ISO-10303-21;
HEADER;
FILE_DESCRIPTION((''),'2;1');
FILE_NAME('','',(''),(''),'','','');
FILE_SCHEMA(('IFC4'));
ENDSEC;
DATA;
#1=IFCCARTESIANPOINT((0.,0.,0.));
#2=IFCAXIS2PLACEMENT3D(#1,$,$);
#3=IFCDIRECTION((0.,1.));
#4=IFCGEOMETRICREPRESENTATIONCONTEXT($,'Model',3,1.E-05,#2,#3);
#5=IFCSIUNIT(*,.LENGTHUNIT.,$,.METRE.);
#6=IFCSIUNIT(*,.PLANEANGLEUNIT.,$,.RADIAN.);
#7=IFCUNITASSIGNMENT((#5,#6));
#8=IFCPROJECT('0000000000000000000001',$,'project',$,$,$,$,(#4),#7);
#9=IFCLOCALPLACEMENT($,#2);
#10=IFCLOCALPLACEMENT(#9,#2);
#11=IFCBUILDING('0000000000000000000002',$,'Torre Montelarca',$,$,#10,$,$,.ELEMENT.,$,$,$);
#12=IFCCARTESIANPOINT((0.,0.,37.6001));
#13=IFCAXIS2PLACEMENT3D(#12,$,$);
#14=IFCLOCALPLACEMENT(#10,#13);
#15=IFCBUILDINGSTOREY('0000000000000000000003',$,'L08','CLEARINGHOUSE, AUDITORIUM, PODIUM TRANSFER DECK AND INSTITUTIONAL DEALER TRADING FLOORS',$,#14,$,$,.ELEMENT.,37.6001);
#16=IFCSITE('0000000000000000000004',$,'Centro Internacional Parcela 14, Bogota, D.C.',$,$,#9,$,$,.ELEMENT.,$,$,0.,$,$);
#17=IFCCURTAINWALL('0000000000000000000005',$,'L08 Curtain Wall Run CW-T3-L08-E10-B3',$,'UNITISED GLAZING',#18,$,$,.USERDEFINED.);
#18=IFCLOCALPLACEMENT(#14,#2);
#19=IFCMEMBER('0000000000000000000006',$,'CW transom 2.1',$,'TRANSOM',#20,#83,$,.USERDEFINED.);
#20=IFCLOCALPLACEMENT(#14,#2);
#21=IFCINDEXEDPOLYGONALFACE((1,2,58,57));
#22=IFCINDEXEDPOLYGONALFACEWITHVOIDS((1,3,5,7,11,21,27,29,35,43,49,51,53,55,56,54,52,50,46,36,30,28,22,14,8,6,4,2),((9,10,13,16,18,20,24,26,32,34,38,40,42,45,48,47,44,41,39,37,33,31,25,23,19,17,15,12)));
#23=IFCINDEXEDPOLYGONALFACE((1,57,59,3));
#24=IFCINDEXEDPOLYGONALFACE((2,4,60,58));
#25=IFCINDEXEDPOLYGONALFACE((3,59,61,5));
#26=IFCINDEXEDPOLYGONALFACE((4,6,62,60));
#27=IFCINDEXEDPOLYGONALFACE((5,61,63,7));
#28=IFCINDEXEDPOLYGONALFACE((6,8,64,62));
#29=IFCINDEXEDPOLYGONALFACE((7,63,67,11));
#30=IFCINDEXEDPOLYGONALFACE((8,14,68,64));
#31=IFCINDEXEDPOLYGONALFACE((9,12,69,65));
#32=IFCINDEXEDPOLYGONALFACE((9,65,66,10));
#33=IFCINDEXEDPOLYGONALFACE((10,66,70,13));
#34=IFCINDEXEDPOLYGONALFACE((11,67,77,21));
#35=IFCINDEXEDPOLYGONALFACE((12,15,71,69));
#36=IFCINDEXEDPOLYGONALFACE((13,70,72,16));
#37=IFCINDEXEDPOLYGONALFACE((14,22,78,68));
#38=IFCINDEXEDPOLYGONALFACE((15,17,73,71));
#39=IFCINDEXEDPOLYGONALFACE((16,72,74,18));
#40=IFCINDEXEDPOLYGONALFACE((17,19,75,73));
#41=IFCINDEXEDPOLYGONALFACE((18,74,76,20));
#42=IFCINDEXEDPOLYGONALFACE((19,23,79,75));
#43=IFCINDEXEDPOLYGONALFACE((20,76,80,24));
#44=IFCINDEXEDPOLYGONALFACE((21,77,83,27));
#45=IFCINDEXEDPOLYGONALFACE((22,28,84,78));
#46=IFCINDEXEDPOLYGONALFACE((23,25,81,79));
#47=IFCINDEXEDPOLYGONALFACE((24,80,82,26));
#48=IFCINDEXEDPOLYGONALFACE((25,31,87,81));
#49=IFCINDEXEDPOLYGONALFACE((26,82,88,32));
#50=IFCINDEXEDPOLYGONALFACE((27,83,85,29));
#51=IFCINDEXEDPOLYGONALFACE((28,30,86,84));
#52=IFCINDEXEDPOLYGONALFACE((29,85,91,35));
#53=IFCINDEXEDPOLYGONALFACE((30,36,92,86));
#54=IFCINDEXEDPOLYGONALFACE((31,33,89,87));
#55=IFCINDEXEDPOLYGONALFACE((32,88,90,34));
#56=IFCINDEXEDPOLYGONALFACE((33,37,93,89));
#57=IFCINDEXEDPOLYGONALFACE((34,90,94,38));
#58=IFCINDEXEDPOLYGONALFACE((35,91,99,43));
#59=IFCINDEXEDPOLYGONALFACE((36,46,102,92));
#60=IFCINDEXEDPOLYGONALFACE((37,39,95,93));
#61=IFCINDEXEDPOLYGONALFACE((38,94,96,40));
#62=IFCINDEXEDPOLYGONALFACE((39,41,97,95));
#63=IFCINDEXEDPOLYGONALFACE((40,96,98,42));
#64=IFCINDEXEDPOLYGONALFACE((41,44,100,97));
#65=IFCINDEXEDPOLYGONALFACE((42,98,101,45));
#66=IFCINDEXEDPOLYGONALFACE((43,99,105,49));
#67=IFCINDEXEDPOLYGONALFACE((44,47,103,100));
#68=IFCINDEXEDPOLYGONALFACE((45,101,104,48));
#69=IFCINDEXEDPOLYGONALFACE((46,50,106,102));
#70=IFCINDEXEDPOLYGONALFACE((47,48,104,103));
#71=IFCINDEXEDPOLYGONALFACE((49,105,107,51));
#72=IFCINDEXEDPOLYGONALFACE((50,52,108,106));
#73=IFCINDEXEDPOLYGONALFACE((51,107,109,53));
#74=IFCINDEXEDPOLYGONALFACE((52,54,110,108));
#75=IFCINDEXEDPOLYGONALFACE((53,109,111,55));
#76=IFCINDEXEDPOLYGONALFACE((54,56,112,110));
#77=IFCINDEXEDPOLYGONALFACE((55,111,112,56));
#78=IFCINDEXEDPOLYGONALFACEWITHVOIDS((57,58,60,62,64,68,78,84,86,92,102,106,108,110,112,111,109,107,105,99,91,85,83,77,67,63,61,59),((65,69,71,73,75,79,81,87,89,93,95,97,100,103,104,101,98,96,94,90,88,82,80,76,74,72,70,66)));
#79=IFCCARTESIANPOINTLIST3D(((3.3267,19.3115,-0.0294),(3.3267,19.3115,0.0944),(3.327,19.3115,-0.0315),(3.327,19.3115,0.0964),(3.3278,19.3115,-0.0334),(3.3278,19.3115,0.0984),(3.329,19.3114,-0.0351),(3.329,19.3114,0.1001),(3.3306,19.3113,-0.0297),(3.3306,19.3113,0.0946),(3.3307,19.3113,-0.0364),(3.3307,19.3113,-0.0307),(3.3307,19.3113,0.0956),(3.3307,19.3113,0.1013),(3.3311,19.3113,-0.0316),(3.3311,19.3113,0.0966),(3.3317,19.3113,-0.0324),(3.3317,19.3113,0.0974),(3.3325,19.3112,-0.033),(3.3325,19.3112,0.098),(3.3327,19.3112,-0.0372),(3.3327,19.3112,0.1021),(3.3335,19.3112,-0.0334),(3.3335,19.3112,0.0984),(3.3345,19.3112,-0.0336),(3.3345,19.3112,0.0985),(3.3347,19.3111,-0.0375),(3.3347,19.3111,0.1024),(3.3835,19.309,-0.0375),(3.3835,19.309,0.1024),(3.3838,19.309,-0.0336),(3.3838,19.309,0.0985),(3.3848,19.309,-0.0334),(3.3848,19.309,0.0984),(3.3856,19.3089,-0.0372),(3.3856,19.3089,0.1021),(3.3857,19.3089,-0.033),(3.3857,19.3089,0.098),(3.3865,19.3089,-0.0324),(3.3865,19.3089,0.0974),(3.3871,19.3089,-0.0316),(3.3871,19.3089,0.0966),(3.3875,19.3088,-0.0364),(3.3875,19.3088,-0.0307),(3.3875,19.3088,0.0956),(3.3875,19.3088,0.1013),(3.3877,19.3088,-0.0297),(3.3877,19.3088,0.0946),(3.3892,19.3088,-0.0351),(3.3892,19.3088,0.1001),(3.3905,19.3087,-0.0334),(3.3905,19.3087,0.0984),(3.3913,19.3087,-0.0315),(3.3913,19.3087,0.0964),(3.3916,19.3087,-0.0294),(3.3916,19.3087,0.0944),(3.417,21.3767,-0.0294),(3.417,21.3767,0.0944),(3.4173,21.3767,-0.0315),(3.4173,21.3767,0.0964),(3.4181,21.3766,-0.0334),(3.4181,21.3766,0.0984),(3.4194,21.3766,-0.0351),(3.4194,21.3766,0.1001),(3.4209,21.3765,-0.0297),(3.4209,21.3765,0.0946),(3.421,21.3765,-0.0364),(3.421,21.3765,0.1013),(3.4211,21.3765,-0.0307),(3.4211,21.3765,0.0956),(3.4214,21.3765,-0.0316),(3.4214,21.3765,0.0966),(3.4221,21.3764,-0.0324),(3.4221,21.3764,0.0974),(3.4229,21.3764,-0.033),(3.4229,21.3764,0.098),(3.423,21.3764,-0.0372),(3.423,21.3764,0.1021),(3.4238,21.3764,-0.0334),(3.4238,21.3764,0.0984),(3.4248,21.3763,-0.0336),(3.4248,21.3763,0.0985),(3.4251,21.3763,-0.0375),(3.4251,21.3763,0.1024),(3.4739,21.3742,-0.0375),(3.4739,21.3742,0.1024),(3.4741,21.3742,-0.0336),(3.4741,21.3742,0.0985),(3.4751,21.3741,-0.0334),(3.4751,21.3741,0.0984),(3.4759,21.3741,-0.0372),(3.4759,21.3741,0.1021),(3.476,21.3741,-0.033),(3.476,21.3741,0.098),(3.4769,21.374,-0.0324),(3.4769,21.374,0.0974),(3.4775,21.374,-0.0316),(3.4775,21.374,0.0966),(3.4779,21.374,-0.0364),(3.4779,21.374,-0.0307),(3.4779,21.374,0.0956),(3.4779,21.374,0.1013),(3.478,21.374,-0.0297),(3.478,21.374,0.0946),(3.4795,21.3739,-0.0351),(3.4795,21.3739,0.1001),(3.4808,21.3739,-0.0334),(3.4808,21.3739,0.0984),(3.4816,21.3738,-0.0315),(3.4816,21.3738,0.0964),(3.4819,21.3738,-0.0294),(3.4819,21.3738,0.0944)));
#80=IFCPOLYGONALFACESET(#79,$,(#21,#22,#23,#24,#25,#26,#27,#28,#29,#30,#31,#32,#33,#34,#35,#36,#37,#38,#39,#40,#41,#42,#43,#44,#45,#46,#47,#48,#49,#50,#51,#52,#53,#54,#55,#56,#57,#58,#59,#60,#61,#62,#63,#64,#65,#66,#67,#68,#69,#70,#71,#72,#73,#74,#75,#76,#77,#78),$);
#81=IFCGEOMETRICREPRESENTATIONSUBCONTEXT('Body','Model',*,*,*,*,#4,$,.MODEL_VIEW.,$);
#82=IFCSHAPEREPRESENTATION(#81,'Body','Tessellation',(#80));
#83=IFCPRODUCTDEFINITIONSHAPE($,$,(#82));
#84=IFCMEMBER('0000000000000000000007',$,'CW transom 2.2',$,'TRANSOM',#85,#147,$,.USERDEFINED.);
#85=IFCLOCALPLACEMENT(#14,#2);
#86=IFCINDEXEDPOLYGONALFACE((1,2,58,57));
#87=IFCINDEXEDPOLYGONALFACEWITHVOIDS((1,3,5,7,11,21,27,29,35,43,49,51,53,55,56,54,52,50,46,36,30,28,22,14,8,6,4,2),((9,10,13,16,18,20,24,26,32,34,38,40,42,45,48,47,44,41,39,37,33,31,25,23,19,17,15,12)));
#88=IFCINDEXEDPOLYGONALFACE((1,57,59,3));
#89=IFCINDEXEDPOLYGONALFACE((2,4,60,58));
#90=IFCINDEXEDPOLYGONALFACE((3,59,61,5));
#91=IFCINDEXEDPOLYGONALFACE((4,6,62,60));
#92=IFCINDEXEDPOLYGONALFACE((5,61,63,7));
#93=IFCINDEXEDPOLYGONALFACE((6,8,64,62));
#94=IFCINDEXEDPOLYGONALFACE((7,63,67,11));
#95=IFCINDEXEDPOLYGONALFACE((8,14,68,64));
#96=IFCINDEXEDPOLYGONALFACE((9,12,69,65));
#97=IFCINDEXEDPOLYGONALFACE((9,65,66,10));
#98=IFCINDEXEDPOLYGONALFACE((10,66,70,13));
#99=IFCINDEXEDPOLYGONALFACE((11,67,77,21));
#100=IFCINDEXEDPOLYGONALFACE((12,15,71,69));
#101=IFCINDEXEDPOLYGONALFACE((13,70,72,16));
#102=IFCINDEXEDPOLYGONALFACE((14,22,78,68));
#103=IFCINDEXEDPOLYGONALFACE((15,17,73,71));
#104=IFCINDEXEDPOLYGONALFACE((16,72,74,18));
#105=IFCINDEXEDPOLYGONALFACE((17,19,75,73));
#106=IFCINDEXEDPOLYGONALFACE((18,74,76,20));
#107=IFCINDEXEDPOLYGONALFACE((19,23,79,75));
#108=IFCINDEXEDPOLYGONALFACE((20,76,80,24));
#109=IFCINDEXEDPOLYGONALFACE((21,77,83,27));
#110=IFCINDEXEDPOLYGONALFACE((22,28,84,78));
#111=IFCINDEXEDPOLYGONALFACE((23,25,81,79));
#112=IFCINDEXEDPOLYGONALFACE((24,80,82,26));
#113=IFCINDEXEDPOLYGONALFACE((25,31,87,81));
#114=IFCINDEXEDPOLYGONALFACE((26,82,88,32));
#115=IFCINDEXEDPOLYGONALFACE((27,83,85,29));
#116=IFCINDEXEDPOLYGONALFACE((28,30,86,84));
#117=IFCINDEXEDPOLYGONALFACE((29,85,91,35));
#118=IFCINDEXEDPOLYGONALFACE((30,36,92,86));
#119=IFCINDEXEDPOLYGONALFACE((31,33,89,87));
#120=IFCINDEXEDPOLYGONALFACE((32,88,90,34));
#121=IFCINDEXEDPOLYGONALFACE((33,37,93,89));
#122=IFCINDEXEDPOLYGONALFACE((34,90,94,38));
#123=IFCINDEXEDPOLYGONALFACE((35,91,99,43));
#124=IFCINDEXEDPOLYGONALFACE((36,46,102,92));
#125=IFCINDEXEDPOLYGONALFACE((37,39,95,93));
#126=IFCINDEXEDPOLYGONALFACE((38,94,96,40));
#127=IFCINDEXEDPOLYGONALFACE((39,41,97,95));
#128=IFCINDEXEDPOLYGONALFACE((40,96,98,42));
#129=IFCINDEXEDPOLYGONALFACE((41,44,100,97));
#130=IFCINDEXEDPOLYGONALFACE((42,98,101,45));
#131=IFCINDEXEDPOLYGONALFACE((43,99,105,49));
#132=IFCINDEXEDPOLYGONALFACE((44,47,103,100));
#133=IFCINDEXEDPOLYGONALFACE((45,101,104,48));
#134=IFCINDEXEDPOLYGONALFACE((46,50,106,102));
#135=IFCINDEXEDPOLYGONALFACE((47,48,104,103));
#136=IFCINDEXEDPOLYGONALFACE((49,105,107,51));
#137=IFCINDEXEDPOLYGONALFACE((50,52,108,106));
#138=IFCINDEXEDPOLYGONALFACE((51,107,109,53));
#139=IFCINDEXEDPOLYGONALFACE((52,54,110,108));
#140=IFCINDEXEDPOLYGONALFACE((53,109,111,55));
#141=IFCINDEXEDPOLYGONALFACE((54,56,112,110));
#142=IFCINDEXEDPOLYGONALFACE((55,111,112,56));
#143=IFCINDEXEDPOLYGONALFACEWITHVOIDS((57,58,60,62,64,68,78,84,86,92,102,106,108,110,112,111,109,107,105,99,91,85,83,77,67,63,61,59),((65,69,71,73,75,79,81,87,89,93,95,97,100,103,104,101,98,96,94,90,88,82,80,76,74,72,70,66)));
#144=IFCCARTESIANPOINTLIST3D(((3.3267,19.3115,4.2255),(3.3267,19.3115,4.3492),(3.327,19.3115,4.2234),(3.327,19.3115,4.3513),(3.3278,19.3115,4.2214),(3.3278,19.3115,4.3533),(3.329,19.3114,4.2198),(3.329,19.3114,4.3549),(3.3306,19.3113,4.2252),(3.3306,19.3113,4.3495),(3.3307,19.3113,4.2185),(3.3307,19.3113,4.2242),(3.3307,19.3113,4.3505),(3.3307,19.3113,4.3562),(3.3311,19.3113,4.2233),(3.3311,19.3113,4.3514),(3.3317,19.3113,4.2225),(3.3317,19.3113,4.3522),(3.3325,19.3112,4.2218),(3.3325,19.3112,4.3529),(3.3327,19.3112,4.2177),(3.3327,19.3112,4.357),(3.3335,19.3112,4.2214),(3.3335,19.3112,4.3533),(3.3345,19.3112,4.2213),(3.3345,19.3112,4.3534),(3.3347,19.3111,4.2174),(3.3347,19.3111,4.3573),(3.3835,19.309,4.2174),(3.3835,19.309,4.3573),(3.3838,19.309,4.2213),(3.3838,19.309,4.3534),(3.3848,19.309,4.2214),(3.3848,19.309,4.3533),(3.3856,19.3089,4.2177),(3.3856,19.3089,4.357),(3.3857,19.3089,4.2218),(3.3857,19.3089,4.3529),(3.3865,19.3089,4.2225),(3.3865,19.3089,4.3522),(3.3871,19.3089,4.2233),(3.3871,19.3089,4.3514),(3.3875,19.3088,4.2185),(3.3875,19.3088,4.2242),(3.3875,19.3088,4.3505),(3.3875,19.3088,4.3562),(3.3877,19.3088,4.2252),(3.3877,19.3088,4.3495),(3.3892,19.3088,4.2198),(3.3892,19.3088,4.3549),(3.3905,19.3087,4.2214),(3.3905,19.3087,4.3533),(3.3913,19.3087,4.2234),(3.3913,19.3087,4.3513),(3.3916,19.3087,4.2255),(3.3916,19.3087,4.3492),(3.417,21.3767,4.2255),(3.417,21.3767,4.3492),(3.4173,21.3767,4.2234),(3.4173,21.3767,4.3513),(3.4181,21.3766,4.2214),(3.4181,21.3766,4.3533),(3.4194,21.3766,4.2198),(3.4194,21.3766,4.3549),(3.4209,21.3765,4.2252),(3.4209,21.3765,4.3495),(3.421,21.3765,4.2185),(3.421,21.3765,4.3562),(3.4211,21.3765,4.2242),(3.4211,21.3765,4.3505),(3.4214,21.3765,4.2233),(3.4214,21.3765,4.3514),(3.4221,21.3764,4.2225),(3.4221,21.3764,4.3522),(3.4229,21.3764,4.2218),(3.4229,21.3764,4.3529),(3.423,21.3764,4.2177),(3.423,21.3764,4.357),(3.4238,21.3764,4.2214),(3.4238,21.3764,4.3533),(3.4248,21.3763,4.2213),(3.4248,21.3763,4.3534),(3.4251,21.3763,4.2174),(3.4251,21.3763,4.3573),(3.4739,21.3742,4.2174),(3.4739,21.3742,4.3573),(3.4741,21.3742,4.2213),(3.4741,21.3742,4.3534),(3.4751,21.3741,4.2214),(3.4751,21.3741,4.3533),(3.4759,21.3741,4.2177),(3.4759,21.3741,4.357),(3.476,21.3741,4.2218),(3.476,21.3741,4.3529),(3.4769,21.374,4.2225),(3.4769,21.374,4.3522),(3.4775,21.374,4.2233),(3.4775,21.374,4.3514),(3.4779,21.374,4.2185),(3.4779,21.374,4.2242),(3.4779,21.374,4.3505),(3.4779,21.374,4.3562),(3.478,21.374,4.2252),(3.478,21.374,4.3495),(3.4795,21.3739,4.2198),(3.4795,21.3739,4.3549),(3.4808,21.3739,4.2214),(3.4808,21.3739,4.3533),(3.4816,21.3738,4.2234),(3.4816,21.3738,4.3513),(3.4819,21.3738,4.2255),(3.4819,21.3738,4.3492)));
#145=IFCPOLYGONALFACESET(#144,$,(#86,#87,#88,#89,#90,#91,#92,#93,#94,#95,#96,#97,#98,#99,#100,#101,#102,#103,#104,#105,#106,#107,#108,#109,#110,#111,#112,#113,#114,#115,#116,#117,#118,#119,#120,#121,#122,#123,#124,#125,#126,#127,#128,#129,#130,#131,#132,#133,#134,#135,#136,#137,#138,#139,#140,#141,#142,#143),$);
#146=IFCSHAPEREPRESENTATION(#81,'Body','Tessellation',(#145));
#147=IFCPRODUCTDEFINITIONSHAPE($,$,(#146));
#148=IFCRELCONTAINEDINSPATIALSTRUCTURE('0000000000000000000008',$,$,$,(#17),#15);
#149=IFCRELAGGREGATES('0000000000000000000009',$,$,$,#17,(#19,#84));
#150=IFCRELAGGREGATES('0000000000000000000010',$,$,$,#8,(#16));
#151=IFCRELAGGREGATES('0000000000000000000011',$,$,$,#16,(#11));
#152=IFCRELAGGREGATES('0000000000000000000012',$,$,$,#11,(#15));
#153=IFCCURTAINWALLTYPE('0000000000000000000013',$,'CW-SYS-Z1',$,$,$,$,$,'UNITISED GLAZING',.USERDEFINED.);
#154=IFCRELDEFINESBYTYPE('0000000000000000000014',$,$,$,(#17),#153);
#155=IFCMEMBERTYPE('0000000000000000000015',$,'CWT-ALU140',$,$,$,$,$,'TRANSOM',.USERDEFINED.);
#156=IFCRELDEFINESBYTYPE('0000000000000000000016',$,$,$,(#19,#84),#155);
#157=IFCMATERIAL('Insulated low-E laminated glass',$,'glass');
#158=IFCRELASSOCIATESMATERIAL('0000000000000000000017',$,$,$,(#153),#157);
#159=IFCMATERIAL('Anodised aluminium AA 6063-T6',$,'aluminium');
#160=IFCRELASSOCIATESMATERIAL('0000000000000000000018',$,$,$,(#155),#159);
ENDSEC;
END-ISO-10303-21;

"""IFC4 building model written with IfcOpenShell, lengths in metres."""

from ifc_helpers import new_model, si_unit, direction, frame, origin, origin_2d, place, context, subcontext, project, spatial, hollow_rectangle, extrude, source, transform, mapped, material, material_profile, profile_set, type_object, element, aggregate, save


model = new_model("IFC4")

# Units and contexts
model_context = context("Model", 3, precision=1e-05, world=origin(), true_north=direction((0.0, 1.0)))
body_context = subcontext(model_context, "Body", "Model", "MODEL_VIEW")
ifc_project = project(units=[si_unit("LENGTHUNIT", "METRE"), si_unit("PLANEANGLEUNIT", "RADIAN")], contexts=[model_context])

# Site, building, storey
site_placement = place(None, origin())
site = spatial("IfcSite", under=ifc_project, at=site_placement, Name="Centro Internacional Parcela 14, Bogota, D.C.", CompositionType="ELEMENT", RefElevation=0.0)
building_placement = place(site_placement, origin())
building = spatial("IfcBuilding", under=site, at=building_placement, Name="Torre Montelarca", CompositionType="ELEMENT")
storey_placement = place(building_placement, frame((0.0, 0.0, 37.6001)))
storey = spatial("IfcBuildingStorey", under=building, at=storey_placement, Name="L08", Description="CLEARINGHOUSE, AUDITORIUM, PODIUM TRANSFER DECK AND INSTITUTIONAL DEALER TRADING FLOORS", CompositionType="ELEMENT", Elevation=37.6001)

# Curtain wall, members
ifc_material_1 = material(Name="Insulated low-E laminated glass", Category="glass")
curtain_wall_type = type_object("IfcCurtainWallType", Name="CW-SYS-Z1", ElementType="UNITISED GLAZING", PredefinedType="USERDEFINED", material=ifc_material_1)
curtain_wall_1_placement = place(storey_placement, origin())
curtain_wall_1 = element("IfcCurtainWall", 1, at=curtain_wall_1_placement, inside=storey, type_object=curtain_wall_type, Name="L08 Curtain Wall Run CW-T3-L08-E10-B3", ObjectType="UNITISED GLAZING", PredefinedType="USERDEFINED")
ifc_material_2 = material(Name="Anodised aluminium AA 6063-T6", Category="aluminium")
ifc_material_profile_1 = material_profile(ifc_material_2, hollow_rectangle(XDim=0.0649, YDim=0.1399, WallThickness=0.0039, InnerFilletRadius=0.0039, OuterFilletRadius=0.0081, at=origin_2d()), Name="ALU65X140X4", Category="aluminium")
ifc_profile_set_1 = profile_set([ifc_material_profile_1], Name="Anodised aluminium AA 6063-T6")
member_type_1 = type_object("IfcMemberType", Name="CWT-ALU140", ElementType="TRANSOM", PredefinedType="USERDEFINED", material=ifc_profile_set_1)
shared_shape_1 = source(origin(), body_context, "Body", "SweptSolid", [
    extrude(hollow_rectangle(XDim=0.0649, YDim=0.1399, WallThickness=0.0039, InnerFilletRadius=0.0039, OuterFilletRadius=0.0081, at=origin_2d()), origin(), (0.0, 0.0, 1.0), 2.0671),
])
member_1_placement = place(storey_placement, frame((3.4495, 21.3752, 0.0325), z_axis=(-0.043699, -0.999045, 0.0), x_axis=(0.999045, -0.043699, 0.0)))
member_1 = element("IfcMember", 2, at=member_1_placement, type_object=member_type_1, Name="CW transom 2.1", ObjectType="TRANSOM", PredefinedType="USERDEFINED", context=body_context, shape_type="MappedRepresentation", body=[
    mapped(shared_shape_1, transform((0.0, 0.0, 0.0), scale=1.0)),
])
member_2_placement = place(storey_placement, frame((3.4495, 21.3752, 4.2874), z_axis=(-0.043699, -0.999045, 0.0), x_axis=(0.999045, -0.043699, 0.0)))
member_2 = element("IfcMember", 3, at=member_2_placement, type_object=member_type_1, Name="CW transom 2.2", ObjectType="TRANSOM", PredefinedType="USERDEFINED", context=body_context, shape_type="MappedRepresentation", body=[
    mapped(shared_shape_1, transform((0.0, 0.0, 0.0), scale=1.0)),
])

aggregate(curtain_wall_1, [member_1, member_2])

save(model, "model.ifc")
